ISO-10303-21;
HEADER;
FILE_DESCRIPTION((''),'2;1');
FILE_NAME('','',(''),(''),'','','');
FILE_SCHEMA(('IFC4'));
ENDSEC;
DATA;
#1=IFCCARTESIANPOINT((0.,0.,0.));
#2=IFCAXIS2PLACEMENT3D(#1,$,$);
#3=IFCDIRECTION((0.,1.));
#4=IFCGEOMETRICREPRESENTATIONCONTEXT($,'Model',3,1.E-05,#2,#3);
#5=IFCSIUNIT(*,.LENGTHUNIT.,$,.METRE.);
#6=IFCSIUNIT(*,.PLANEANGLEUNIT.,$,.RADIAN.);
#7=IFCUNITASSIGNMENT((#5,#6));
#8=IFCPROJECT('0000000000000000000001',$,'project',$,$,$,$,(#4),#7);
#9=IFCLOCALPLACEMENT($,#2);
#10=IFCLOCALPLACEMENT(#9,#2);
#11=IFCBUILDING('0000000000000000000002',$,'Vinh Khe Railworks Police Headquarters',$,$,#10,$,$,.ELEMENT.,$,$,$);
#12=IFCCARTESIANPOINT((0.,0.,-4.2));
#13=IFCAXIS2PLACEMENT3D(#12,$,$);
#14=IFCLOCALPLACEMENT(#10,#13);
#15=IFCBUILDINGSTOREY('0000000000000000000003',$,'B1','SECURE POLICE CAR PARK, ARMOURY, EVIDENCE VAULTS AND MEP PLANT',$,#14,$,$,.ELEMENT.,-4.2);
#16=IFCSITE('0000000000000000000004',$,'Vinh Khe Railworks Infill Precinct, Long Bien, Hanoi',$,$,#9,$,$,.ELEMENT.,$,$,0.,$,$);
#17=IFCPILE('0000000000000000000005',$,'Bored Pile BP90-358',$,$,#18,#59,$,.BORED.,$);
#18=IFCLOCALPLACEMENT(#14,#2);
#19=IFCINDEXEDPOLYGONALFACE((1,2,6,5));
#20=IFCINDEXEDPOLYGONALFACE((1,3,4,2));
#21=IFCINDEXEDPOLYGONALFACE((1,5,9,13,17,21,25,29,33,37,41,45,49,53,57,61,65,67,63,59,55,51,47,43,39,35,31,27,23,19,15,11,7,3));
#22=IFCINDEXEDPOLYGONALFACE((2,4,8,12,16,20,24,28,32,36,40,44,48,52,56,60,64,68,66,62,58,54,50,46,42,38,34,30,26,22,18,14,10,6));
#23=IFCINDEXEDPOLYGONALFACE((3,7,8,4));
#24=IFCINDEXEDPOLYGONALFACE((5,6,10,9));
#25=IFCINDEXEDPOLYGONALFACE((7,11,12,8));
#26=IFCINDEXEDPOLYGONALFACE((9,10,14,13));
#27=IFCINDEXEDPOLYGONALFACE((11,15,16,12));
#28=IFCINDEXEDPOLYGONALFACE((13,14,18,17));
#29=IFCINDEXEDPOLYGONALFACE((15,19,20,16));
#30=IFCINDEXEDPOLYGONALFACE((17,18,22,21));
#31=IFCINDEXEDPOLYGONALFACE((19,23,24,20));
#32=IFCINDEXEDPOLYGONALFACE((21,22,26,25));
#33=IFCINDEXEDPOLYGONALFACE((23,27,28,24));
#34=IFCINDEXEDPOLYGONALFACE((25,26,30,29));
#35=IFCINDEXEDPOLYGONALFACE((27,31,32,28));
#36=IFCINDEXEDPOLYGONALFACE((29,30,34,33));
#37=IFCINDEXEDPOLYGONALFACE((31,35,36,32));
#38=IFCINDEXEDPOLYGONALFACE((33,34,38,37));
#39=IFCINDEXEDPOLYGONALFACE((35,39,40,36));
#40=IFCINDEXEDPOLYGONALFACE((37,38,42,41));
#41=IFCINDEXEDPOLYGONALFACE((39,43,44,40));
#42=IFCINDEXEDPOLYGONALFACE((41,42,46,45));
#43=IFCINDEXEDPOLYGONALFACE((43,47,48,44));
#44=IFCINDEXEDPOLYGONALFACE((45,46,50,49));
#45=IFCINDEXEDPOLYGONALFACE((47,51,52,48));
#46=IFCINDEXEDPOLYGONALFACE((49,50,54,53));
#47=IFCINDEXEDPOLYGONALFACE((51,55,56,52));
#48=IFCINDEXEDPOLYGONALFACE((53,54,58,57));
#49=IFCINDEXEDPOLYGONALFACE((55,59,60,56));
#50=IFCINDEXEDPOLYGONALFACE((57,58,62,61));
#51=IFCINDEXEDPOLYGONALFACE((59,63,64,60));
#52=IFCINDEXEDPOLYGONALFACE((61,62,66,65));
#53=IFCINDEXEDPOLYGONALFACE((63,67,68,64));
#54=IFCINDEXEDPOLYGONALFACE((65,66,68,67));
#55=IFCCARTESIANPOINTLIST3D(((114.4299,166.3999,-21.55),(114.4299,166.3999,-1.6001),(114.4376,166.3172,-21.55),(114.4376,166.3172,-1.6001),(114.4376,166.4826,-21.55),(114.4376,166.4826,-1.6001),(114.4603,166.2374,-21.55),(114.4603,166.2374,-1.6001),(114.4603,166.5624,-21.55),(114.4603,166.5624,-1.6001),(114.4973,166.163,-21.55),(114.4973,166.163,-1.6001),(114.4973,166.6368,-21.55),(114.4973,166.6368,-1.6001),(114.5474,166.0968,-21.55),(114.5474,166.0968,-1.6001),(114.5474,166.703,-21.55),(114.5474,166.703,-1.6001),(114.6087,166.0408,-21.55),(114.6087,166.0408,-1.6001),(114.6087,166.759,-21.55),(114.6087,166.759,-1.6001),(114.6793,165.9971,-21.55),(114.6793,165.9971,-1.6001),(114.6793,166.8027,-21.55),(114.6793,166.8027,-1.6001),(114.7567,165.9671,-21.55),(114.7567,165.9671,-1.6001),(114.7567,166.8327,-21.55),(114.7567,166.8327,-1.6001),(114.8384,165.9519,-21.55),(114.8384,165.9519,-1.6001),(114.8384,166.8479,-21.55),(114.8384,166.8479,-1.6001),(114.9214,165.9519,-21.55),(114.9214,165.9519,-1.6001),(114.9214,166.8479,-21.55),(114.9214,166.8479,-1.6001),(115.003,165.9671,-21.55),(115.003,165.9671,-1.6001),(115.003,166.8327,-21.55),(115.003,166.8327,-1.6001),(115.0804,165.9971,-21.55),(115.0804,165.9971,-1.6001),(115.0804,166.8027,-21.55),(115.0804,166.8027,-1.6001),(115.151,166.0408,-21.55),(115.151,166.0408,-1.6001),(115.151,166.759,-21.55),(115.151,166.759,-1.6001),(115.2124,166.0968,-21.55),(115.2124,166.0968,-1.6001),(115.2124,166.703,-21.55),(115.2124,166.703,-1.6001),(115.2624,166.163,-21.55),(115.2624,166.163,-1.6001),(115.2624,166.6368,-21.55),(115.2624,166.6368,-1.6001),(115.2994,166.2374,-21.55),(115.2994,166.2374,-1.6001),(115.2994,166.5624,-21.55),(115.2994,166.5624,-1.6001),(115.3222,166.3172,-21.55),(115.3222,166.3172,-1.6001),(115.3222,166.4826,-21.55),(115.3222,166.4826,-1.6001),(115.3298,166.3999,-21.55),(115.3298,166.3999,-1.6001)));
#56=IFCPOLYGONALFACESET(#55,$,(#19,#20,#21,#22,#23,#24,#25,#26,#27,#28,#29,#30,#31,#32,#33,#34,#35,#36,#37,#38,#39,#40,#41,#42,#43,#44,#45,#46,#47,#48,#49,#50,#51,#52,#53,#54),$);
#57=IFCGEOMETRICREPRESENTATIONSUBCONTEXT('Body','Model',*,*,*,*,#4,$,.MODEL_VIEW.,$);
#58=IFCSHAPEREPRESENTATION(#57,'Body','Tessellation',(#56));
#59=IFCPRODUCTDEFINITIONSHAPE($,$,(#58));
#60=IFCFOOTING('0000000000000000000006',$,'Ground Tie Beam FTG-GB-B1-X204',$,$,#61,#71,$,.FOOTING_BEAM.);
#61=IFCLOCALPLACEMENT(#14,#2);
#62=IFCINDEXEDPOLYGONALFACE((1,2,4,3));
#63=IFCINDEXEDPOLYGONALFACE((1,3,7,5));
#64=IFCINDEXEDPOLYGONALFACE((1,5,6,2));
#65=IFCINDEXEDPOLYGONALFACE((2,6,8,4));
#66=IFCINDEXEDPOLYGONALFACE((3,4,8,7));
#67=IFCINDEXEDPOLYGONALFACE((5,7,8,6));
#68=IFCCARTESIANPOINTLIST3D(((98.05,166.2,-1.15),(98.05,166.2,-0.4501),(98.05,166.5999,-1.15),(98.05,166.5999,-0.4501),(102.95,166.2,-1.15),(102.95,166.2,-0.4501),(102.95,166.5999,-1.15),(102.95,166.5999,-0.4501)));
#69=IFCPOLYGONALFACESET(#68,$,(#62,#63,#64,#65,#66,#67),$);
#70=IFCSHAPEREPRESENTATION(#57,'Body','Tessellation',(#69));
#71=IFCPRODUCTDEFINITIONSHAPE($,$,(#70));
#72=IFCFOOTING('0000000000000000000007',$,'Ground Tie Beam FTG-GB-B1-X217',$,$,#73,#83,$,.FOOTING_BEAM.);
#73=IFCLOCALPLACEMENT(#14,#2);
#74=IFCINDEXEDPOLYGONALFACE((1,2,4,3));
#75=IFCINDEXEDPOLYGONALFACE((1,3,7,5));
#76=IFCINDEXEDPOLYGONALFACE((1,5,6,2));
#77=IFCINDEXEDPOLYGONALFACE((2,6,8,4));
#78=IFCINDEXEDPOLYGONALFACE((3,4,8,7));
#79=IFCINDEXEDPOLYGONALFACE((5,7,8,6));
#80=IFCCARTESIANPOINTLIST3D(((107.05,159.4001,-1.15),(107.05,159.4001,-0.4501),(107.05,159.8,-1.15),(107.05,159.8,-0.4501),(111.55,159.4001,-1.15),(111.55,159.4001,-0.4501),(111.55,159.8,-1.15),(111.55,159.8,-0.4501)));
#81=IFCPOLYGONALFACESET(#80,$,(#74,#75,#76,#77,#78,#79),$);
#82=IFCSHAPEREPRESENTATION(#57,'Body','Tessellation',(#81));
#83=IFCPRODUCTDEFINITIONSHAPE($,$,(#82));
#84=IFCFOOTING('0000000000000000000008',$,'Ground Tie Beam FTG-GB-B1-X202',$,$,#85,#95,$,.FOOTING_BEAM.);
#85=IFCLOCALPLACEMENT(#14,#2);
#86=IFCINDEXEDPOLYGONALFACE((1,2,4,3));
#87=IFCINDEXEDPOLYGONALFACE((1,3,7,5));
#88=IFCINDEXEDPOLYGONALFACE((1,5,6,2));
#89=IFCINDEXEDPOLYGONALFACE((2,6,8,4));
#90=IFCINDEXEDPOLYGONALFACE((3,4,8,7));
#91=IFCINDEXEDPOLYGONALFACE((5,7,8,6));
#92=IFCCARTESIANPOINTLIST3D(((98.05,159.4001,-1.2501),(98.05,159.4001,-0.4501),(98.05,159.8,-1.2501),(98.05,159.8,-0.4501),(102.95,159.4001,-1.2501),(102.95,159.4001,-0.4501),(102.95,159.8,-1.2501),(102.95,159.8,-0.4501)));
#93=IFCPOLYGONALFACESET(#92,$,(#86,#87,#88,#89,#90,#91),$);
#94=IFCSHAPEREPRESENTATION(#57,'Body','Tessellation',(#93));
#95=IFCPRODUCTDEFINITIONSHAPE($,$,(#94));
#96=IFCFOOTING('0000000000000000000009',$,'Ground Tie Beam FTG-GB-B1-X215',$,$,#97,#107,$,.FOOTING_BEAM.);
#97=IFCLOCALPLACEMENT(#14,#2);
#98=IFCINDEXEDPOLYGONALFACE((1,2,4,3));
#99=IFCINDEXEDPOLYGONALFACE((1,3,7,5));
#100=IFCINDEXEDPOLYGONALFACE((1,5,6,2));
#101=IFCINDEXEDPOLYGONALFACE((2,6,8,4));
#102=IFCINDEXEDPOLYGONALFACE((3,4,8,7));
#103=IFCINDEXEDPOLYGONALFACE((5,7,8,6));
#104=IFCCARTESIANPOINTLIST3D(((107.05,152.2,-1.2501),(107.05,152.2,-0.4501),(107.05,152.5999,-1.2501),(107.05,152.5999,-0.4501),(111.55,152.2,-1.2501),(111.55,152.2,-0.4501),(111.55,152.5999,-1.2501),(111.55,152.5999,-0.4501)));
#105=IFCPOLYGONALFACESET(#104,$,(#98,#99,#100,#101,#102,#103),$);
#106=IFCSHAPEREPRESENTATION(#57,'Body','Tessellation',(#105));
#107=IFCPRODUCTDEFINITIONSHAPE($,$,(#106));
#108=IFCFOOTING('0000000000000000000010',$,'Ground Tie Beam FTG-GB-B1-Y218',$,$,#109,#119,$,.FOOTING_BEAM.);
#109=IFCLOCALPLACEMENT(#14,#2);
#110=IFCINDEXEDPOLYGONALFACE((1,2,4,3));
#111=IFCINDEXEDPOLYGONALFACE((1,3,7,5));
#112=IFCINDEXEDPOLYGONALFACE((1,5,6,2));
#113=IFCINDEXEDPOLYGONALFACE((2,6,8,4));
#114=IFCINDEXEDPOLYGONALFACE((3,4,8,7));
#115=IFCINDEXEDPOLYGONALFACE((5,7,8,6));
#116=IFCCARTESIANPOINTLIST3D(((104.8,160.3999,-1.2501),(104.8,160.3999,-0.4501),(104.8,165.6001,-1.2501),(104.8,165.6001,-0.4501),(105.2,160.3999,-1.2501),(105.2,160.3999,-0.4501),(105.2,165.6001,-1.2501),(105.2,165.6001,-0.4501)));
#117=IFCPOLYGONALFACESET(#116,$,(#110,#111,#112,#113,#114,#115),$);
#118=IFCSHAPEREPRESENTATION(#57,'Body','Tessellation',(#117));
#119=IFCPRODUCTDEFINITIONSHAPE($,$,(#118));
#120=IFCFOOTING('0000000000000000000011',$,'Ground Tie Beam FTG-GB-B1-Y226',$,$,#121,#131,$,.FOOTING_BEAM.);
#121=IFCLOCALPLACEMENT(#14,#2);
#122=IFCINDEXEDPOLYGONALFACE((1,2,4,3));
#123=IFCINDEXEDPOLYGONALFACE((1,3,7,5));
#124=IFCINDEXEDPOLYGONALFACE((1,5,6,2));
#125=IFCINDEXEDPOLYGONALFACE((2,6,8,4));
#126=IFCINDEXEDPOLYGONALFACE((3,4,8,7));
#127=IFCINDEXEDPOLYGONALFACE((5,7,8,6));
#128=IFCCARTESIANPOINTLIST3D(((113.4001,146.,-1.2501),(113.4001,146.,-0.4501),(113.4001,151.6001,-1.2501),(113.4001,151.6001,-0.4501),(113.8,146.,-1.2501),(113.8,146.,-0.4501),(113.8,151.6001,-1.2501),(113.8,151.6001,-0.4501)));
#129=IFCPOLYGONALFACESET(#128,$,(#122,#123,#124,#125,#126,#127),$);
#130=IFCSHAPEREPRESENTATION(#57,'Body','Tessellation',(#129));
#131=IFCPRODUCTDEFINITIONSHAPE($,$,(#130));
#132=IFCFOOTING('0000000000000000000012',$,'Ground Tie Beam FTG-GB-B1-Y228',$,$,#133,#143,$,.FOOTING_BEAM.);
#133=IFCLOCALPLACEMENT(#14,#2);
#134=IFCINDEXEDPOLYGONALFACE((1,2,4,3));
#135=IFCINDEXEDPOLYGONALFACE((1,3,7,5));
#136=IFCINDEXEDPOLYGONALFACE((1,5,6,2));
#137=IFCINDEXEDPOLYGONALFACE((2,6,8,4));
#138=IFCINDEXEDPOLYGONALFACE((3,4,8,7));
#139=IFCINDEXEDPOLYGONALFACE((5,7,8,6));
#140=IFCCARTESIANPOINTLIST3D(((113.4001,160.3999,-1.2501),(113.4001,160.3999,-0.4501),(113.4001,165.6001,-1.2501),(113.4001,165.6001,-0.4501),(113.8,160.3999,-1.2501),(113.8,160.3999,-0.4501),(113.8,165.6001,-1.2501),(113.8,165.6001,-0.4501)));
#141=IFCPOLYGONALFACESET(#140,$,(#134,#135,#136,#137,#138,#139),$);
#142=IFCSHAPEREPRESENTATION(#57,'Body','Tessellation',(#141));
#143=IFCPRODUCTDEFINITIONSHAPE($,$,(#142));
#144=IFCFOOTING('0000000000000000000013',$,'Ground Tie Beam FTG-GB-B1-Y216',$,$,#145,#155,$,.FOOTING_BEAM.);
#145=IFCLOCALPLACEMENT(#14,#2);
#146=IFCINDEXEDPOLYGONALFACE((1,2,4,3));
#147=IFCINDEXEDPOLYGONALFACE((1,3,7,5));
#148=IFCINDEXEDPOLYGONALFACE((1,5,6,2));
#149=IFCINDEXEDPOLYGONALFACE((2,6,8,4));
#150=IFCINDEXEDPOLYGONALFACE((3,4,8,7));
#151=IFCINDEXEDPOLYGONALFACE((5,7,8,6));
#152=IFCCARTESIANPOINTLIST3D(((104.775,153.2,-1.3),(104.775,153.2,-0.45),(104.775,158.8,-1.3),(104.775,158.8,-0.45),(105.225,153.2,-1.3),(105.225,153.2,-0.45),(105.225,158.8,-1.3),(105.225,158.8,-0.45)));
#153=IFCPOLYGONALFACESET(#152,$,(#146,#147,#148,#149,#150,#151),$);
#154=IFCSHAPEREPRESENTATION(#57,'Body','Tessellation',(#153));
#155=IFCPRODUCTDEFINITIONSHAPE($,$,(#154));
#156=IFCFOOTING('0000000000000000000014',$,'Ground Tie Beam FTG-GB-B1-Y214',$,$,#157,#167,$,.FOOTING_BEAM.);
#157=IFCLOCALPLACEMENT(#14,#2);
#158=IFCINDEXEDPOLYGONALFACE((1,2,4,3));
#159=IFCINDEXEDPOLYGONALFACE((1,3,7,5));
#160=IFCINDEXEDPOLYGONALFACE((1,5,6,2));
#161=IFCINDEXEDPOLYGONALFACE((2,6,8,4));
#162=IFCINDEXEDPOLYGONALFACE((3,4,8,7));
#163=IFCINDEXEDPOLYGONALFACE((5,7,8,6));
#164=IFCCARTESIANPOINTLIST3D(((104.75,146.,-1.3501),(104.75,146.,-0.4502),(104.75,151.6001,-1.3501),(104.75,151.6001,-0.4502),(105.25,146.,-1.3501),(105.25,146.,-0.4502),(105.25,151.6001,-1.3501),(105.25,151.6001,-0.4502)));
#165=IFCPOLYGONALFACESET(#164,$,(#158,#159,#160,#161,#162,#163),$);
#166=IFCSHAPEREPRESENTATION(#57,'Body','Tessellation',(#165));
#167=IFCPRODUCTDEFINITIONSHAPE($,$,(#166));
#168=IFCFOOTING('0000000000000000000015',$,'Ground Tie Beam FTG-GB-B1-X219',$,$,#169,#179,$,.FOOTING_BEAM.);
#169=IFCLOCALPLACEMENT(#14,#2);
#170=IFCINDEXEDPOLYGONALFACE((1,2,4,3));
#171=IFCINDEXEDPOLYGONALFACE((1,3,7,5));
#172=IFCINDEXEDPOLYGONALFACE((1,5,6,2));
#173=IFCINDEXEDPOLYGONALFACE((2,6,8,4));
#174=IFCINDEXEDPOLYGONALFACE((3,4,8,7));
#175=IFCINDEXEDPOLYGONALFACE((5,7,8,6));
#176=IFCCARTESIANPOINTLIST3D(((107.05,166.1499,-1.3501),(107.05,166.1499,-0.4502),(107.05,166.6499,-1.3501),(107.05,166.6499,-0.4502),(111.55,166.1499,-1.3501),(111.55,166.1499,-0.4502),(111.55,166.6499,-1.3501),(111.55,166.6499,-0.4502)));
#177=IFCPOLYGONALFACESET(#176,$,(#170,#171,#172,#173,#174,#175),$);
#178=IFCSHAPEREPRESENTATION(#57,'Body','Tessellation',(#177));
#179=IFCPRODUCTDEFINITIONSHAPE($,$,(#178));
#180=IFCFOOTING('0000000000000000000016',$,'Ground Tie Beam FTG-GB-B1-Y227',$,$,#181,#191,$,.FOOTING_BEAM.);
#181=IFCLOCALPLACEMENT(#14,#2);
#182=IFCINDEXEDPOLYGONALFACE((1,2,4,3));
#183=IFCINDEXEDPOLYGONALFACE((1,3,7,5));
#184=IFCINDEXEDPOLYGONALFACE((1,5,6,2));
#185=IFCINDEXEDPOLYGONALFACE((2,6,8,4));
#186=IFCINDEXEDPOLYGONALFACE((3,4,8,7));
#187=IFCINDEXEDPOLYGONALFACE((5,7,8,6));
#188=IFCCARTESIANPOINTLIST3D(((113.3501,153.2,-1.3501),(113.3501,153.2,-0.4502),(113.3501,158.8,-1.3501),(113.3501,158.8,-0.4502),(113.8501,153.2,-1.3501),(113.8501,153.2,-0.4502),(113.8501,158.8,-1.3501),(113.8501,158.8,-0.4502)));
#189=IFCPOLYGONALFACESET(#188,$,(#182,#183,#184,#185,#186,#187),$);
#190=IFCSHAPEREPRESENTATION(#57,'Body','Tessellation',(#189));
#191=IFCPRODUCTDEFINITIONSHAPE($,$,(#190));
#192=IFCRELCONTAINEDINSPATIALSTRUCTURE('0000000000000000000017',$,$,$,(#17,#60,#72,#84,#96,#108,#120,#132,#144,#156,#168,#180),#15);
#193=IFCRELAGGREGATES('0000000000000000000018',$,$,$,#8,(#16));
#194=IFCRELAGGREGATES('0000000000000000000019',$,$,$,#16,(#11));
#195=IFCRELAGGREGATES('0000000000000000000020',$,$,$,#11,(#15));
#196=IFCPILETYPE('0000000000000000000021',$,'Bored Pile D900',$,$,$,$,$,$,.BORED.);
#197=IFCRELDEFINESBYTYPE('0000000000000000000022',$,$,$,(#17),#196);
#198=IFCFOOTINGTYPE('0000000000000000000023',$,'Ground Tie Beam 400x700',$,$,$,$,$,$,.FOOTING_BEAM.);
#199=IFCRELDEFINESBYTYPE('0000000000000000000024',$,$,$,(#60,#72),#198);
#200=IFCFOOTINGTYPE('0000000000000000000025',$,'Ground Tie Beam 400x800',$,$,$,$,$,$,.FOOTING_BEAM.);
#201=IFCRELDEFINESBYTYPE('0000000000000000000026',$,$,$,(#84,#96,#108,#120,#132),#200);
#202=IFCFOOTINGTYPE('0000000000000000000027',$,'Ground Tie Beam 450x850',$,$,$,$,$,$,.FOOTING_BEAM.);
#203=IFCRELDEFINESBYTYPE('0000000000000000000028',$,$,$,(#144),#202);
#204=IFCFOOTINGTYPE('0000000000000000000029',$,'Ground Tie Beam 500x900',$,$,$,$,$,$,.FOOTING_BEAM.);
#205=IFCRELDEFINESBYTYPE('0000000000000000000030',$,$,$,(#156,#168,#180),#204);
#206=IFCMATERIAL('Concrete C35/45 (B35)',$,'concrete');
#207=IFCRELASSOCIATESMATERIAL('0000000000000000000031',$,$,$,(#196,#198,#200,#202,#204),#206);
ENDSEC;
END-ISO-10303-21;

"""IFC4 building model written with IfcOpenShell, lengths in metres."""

from ifc_helpers import new_model, si_unit, direction, frame, origin, origin_2d, place, context, subcontext, project, spatial, rectangle, circle, extrude, material, material_profile, profile_set, type_object, element, save


model = new_model("IFC4")

# Units and contexts
model_context = context("Model", 3, precision=1e-05, world=origin(), true_north=direction((0.0, 1.0)))
body_context = subcontext(model_context, "Body", "Model", "MODEL_VIEW")
ifc_project = project(units=[si_unit("LENGTHUNIT", "METRE"), si_unit("PLANEANGLEUNIT", "RADIAN")], contexts=[model_context])

# Site, building, storey
site_placement = place(None, origin())
site = spatial("IfcSite", under=ifc_project, at=site_placement, Name="Vinh Khe Railworks Infill Precinct, Long Bien, Hanoi", CompositionType="ELEMENT", RefElevation=0.0)
building_placement = place(site_placement, origin())
building = spatial("IfcBuilding", under=site, at=building_placement, Name="Vinh Khe Railworks Police Headquarters", CompositionType="ELEMENT")
storey_placement = place(building_placement, frame((0.0, 0.0, -4.2)))
storey = spatial("IfcBuildingStorey", under=building, at=storey_placement, Name="B1", Description="SECURE POLICE CAR PARK, ARMOURY, EVIDENCE VAULTS AND MEP PLANT", CompositionType="ELEMENT", Elevation=-4.2)

# Pile
ifc_material_1 = material(Name="Concrete C35/45 (B35)", Category="concrete")
ifc_material_profile_1 = material_profile(ifc_material_1, circle(Radius=0.45, at=origin_2d()), Name="BORED PILE D900")
ifc_profile_set_1 = profile_set([ifc_material_profile_1], Name="Concrete C35/45 (B35)")
pile_type = type_object("IfcPileType", Name="Bored Pile D900", PredefinedType="BORED", material=ifc_profile_set_1)
for number, where, z_axis, x_axis, name in (
    (1, (114.8799, 166.3999, -1.6001), (0.0, 0.0, -1.0), (1.0, 0.0, 0.0), "Bored Pile BP90-358"),
):
    element("IfcPile", number, at=place(storey_placement, frame(where, z_axis=z_axis, x_axis=x_axis)), inside=storey, type_object=pile_type, Name=name, PredefinedType="BORED", context=body_context, shape_type="SweptSolid", body=[
        extrude(circle(Radius=0.45, at=origin_2d()), origin(), (0.0, 0.0, 1.0), 19.95),
    ])

# Footings
ifc_material_profile_2 = material_profile(ifc_material_1, rectangle(XDim=0.3999, YDim=0.7, at=origin_2d()), Name="RC 400x700")
ifc_profile_set_2 = profile_set([ifc_material_profile_2], Name="Concrete C35/45 (B35)")
footing_type_1 = type_object("IfcFootingType", Name="Ground Tie Beam 400x700", PredefinedType="FOOTING_BEAM", material=ifc_profile_set_2)
footing_1_placement = place(storey_placement, frame((98.05, 166.3999, -0.8), z_axis=(1.0, 0.0, 0.0), x_axis=(0.0, 1.0, 0.0)))
element("IfcFooting", 2, at=footing_1_placement, inside=storey, type_object=footing_type_1, Name="Ground Tie Beam FTG-GB-B1-X204", PredefinedType="FOOTING_BEAM", context=body_context, shape_type="SweptSolid", body=[
    extrude(rectangle(XDim=0.3999, YDim=0.7, at=origin_2d()), origin(), (0.0, 0.0, 1.0), 4.8999),
])
footing_2_placement = place(storey_placement, frame((107.05, 159.6001, -0.8), z_axis=(1.0, 0.0, 0.0), x_axis=(0.0, 1.0, 0.0)))
element("IfcFooting", 3, at=footing_2_placement, inside=storey, type_object=footing_type_1, Name="Ground Tie Beam FTG-GB-B1-X217", PredefinedType="FOOTING_BEAM", context=body_context, shape_type="SweptSolid", body=[
    extrude(rectangle(XDim=0.3999, YDim=0.7, at=origin_2d()), origin(), (0.0, 0.0, 1.0), 4.5),
])
ifc_material_profile_3 = material_profile(ifc_material_1, rectangle(XDim=0.3999, YDim=0.8, at=origin_2d()), Name="RC 400x800")
ifc_profile_set_3 = profile_set([ifc_material_profile_3], Name="Concrete C35/45 (B35)")
footing_type_2 = type_object("IfcFootingType", Name="Ground Tie Beam 400x800", PredefinedType="FOOTING_BEAM", material=ifc_profile_set_3)
footing_3_placement = place(storey_placement, frame((98.05, 159.6001, -0.8501), z_axis=(1.0, 0.0, 0.0), x_axis=(0.0, 1.0, 0.0)))
element("IfcFooting", 4, at=footing_3_placement, inside=storey, type_object=footing_type_2, Name="Ground Tie Beam FTG-GB-B1-X202", PredefinedType="FOOTING_BEAM", context=body_context, shape_type="SweptSolid", body=[
    extrude(rectangle(XDim=0.3999, YDim=0.8, at=origin_2d()), origin(), (0.0, 0.0, 1.0), 4.8999),
])
footing_4_placement = place(storey_placement, frame((107.05, 152.3999, -0.8501), z_axis=(1.0, 0.0, 0.0), x_axis=(0.0, 1.0, 0.0)))
element("IfcFooting", 5, at=footing_4_placement, inside=storey, type_object=footing_type_2, Name="Ground Tie Beam FTG-GB-B1-X215", PredefinedType="FOOTING_BEAM", context=body_context, shape_type="SweptSolid", body=[
    extrude(rectangle(XDim=0.3999, YDim=0.8, at=origin_2d()), origin(), (0.0, 0.0, 1.0), 4.5),
])
footing_5_placement = place(storey_placement, frame((105.0, 160.3999, -0.8501), z_axis=(0.0, 1.0, 0.0), x_axis=(-1.0, 0.0, 0.0)))
element("IfcFooting", 6, at=footing_5_placement, inside=storey, type_object=footing_type_2, Name="Ground Tie Beam FTG-GB-B1-Y218", PredefinedType="FOOTING_BEAM", context=body_context, shape_type="SweptSolid", body=[
    extrude(rectangle(XDim=0.3999, YDim=0.8, at=origin_2d()), origin(), (0.0, 0.0, 1.0), 5.2002),
])
footing_6_placement = place(storey_placement, frame((113.6001, 146.0, -0.8501), z_axis=(0.0, 1.0, 0.0), x_axis=(-1.0, 0.0, 0.0)))
element("IfcFooting", 7, at=footing_6_placement, inside=storey, type_object=footing_type_2, Name="Ground Tie Beam FTG-GB-B1-Y226", PredefinedType="FOOTING_BEAM", context=body_context, shape_type="SweptSolid", body=[
    extrude(rectangle(XDim=0.3999, YDim=0.8, at=origin_2d()), origin(), (0.0, 0.0, 1.0), 5.6001),
])
footing_7_placement = place(storey_placement, frame((113.6001, 160.3999, -0.8501), z_axis=(0.0, 1.0, 0.0), x_axis=(-1.0, 0.0, 0.0)))
element("IfcFooting", 8, at=footing_7_placement, inside=storey, type_object=footing_type_2, Name="Ground Tie Beam FTG-GB-B1-Y228", PredefinedType="FOOTING_BEAM", context=body_context, shape_type="SweptSolid", body=[
    extrude(rectangle(XDim=0.3999, YDim=0.8, at=origin_2d()), origin(), (0.0, 0.0, 1.0), 5.2002),
])
ifc_material_profile_4 = material_profile(ifc_material_1, rectangle(XDim=0.45, YDim=0.8501, at=origin_2d()), Name="RC 450x850")
ifc_profile_set_4 = profile_set([ifc_material_profile_4], Name="Concrete C35/45 (B35)")
footing_type_3 = type_object("IfcFootingType", Name="Ground Tie Beam 450x850", PredefinedType="FOOTING_BEAM", material=ifc_profile_set_4)
footing_8_placement = place(storey_placement, frame((105.0, 153.2, -0.875), z_axis=(0.0, 1.0, 0.0), x_axis=(-1.0, 0.0, 0.0)))
element("IfcFooting", 9, at=footing_8_placement, inside=storey, type_object=footing_type_3, Name="Ground Tie Beam FTG-GB-B1-Y216", PredefinedType="FOOTING_BEAM", context=body_context, shape_type="SweptSolid", body=[
    extrude(rectangle(XDim=0.45, YDim=0.8501, at=origin_2d()), origin(), (0.0, 0.0, 1.0), 5.6001),
])
ifc_material_profile_5 = material_profile(ifc_material_1, rectangle(XDim=0.5, YDim=0.8999, at=origin_2d()), Name="RC 500x900")
ifc_profile_set_5 = profile_set([ifc_material_profile_5], Name="Concrete C35/45 (B35)")
footing_type_4 = type_object("IfcFootingType", Name="Ground Tie Beam 500x900", PredefinedType="FOOTING_BEAM", material=ifc_profile_set_5)
footing_9_placement = place(storey_placement, frame((105.0, 146.0, -0.9001), z_axis=(0.0, 1.0, 0.0), x_axis=(-1.0, 0.0, 0.0)))
element("IfcFooting", 10, at=footing_9_placement, inside=storey, type_object=footing_type_4, Name="Ground Tie Beam FTG-GB-B1-Y214", PredefinedType="FOOTING_BEAM", context=body_context, shape_type="SweptSolid", body=[
    extrude(rectangle(XDim=0.5, YDim=0.8999, at=origin_2d()), origin(), (0.0, 0.0, 1.0), 5.6001),
])
footing_10_placement = place(storey_placement, frame((107.05, 166.3999, -0.9001), z_axis=(1.0, 0.0, 0.0), x_axis=(0.0, 1.0, 0.0)))
element("IfcFooting", 11, at=footing_10_placement, inside=storey, type_object=footing_type_4, Name="Ground Tie Beam FTG-GB-B1-X219", PredefinedType="FOOTING_BEAM", context=body_context, shape_type="SweptSolid", body=[
    extrude(rectangle(XDim=0.5, YDim=0.8999, at=origin_2d()), origin(), (0.0, 0.0, 1.0), 4.5),
])
footing_11_placement = place(storey_placement, frame((113.6001, 153.2, -0.9001), z_axis=(0.0, 1.0, 0.0), x_axis=(-1.0, 0.0, 0.0)))
element("IfcFooting", 12, at=footing_11_placement, inside=storey, type_object=footing_type_4, Name="Ground Tie Beam FTG-GB-B1-Y227", PredefinedType="FOOTING_BEAM", context=body_context, shape_type="SweptSolid", body=[
    extrude(rectangle(XDim=0.5, YDim=0.8999, at=origin_2d()), origin(), (0.0, 0.0, 1.0), 5.6001),
])

save(model, "model.ifc")
